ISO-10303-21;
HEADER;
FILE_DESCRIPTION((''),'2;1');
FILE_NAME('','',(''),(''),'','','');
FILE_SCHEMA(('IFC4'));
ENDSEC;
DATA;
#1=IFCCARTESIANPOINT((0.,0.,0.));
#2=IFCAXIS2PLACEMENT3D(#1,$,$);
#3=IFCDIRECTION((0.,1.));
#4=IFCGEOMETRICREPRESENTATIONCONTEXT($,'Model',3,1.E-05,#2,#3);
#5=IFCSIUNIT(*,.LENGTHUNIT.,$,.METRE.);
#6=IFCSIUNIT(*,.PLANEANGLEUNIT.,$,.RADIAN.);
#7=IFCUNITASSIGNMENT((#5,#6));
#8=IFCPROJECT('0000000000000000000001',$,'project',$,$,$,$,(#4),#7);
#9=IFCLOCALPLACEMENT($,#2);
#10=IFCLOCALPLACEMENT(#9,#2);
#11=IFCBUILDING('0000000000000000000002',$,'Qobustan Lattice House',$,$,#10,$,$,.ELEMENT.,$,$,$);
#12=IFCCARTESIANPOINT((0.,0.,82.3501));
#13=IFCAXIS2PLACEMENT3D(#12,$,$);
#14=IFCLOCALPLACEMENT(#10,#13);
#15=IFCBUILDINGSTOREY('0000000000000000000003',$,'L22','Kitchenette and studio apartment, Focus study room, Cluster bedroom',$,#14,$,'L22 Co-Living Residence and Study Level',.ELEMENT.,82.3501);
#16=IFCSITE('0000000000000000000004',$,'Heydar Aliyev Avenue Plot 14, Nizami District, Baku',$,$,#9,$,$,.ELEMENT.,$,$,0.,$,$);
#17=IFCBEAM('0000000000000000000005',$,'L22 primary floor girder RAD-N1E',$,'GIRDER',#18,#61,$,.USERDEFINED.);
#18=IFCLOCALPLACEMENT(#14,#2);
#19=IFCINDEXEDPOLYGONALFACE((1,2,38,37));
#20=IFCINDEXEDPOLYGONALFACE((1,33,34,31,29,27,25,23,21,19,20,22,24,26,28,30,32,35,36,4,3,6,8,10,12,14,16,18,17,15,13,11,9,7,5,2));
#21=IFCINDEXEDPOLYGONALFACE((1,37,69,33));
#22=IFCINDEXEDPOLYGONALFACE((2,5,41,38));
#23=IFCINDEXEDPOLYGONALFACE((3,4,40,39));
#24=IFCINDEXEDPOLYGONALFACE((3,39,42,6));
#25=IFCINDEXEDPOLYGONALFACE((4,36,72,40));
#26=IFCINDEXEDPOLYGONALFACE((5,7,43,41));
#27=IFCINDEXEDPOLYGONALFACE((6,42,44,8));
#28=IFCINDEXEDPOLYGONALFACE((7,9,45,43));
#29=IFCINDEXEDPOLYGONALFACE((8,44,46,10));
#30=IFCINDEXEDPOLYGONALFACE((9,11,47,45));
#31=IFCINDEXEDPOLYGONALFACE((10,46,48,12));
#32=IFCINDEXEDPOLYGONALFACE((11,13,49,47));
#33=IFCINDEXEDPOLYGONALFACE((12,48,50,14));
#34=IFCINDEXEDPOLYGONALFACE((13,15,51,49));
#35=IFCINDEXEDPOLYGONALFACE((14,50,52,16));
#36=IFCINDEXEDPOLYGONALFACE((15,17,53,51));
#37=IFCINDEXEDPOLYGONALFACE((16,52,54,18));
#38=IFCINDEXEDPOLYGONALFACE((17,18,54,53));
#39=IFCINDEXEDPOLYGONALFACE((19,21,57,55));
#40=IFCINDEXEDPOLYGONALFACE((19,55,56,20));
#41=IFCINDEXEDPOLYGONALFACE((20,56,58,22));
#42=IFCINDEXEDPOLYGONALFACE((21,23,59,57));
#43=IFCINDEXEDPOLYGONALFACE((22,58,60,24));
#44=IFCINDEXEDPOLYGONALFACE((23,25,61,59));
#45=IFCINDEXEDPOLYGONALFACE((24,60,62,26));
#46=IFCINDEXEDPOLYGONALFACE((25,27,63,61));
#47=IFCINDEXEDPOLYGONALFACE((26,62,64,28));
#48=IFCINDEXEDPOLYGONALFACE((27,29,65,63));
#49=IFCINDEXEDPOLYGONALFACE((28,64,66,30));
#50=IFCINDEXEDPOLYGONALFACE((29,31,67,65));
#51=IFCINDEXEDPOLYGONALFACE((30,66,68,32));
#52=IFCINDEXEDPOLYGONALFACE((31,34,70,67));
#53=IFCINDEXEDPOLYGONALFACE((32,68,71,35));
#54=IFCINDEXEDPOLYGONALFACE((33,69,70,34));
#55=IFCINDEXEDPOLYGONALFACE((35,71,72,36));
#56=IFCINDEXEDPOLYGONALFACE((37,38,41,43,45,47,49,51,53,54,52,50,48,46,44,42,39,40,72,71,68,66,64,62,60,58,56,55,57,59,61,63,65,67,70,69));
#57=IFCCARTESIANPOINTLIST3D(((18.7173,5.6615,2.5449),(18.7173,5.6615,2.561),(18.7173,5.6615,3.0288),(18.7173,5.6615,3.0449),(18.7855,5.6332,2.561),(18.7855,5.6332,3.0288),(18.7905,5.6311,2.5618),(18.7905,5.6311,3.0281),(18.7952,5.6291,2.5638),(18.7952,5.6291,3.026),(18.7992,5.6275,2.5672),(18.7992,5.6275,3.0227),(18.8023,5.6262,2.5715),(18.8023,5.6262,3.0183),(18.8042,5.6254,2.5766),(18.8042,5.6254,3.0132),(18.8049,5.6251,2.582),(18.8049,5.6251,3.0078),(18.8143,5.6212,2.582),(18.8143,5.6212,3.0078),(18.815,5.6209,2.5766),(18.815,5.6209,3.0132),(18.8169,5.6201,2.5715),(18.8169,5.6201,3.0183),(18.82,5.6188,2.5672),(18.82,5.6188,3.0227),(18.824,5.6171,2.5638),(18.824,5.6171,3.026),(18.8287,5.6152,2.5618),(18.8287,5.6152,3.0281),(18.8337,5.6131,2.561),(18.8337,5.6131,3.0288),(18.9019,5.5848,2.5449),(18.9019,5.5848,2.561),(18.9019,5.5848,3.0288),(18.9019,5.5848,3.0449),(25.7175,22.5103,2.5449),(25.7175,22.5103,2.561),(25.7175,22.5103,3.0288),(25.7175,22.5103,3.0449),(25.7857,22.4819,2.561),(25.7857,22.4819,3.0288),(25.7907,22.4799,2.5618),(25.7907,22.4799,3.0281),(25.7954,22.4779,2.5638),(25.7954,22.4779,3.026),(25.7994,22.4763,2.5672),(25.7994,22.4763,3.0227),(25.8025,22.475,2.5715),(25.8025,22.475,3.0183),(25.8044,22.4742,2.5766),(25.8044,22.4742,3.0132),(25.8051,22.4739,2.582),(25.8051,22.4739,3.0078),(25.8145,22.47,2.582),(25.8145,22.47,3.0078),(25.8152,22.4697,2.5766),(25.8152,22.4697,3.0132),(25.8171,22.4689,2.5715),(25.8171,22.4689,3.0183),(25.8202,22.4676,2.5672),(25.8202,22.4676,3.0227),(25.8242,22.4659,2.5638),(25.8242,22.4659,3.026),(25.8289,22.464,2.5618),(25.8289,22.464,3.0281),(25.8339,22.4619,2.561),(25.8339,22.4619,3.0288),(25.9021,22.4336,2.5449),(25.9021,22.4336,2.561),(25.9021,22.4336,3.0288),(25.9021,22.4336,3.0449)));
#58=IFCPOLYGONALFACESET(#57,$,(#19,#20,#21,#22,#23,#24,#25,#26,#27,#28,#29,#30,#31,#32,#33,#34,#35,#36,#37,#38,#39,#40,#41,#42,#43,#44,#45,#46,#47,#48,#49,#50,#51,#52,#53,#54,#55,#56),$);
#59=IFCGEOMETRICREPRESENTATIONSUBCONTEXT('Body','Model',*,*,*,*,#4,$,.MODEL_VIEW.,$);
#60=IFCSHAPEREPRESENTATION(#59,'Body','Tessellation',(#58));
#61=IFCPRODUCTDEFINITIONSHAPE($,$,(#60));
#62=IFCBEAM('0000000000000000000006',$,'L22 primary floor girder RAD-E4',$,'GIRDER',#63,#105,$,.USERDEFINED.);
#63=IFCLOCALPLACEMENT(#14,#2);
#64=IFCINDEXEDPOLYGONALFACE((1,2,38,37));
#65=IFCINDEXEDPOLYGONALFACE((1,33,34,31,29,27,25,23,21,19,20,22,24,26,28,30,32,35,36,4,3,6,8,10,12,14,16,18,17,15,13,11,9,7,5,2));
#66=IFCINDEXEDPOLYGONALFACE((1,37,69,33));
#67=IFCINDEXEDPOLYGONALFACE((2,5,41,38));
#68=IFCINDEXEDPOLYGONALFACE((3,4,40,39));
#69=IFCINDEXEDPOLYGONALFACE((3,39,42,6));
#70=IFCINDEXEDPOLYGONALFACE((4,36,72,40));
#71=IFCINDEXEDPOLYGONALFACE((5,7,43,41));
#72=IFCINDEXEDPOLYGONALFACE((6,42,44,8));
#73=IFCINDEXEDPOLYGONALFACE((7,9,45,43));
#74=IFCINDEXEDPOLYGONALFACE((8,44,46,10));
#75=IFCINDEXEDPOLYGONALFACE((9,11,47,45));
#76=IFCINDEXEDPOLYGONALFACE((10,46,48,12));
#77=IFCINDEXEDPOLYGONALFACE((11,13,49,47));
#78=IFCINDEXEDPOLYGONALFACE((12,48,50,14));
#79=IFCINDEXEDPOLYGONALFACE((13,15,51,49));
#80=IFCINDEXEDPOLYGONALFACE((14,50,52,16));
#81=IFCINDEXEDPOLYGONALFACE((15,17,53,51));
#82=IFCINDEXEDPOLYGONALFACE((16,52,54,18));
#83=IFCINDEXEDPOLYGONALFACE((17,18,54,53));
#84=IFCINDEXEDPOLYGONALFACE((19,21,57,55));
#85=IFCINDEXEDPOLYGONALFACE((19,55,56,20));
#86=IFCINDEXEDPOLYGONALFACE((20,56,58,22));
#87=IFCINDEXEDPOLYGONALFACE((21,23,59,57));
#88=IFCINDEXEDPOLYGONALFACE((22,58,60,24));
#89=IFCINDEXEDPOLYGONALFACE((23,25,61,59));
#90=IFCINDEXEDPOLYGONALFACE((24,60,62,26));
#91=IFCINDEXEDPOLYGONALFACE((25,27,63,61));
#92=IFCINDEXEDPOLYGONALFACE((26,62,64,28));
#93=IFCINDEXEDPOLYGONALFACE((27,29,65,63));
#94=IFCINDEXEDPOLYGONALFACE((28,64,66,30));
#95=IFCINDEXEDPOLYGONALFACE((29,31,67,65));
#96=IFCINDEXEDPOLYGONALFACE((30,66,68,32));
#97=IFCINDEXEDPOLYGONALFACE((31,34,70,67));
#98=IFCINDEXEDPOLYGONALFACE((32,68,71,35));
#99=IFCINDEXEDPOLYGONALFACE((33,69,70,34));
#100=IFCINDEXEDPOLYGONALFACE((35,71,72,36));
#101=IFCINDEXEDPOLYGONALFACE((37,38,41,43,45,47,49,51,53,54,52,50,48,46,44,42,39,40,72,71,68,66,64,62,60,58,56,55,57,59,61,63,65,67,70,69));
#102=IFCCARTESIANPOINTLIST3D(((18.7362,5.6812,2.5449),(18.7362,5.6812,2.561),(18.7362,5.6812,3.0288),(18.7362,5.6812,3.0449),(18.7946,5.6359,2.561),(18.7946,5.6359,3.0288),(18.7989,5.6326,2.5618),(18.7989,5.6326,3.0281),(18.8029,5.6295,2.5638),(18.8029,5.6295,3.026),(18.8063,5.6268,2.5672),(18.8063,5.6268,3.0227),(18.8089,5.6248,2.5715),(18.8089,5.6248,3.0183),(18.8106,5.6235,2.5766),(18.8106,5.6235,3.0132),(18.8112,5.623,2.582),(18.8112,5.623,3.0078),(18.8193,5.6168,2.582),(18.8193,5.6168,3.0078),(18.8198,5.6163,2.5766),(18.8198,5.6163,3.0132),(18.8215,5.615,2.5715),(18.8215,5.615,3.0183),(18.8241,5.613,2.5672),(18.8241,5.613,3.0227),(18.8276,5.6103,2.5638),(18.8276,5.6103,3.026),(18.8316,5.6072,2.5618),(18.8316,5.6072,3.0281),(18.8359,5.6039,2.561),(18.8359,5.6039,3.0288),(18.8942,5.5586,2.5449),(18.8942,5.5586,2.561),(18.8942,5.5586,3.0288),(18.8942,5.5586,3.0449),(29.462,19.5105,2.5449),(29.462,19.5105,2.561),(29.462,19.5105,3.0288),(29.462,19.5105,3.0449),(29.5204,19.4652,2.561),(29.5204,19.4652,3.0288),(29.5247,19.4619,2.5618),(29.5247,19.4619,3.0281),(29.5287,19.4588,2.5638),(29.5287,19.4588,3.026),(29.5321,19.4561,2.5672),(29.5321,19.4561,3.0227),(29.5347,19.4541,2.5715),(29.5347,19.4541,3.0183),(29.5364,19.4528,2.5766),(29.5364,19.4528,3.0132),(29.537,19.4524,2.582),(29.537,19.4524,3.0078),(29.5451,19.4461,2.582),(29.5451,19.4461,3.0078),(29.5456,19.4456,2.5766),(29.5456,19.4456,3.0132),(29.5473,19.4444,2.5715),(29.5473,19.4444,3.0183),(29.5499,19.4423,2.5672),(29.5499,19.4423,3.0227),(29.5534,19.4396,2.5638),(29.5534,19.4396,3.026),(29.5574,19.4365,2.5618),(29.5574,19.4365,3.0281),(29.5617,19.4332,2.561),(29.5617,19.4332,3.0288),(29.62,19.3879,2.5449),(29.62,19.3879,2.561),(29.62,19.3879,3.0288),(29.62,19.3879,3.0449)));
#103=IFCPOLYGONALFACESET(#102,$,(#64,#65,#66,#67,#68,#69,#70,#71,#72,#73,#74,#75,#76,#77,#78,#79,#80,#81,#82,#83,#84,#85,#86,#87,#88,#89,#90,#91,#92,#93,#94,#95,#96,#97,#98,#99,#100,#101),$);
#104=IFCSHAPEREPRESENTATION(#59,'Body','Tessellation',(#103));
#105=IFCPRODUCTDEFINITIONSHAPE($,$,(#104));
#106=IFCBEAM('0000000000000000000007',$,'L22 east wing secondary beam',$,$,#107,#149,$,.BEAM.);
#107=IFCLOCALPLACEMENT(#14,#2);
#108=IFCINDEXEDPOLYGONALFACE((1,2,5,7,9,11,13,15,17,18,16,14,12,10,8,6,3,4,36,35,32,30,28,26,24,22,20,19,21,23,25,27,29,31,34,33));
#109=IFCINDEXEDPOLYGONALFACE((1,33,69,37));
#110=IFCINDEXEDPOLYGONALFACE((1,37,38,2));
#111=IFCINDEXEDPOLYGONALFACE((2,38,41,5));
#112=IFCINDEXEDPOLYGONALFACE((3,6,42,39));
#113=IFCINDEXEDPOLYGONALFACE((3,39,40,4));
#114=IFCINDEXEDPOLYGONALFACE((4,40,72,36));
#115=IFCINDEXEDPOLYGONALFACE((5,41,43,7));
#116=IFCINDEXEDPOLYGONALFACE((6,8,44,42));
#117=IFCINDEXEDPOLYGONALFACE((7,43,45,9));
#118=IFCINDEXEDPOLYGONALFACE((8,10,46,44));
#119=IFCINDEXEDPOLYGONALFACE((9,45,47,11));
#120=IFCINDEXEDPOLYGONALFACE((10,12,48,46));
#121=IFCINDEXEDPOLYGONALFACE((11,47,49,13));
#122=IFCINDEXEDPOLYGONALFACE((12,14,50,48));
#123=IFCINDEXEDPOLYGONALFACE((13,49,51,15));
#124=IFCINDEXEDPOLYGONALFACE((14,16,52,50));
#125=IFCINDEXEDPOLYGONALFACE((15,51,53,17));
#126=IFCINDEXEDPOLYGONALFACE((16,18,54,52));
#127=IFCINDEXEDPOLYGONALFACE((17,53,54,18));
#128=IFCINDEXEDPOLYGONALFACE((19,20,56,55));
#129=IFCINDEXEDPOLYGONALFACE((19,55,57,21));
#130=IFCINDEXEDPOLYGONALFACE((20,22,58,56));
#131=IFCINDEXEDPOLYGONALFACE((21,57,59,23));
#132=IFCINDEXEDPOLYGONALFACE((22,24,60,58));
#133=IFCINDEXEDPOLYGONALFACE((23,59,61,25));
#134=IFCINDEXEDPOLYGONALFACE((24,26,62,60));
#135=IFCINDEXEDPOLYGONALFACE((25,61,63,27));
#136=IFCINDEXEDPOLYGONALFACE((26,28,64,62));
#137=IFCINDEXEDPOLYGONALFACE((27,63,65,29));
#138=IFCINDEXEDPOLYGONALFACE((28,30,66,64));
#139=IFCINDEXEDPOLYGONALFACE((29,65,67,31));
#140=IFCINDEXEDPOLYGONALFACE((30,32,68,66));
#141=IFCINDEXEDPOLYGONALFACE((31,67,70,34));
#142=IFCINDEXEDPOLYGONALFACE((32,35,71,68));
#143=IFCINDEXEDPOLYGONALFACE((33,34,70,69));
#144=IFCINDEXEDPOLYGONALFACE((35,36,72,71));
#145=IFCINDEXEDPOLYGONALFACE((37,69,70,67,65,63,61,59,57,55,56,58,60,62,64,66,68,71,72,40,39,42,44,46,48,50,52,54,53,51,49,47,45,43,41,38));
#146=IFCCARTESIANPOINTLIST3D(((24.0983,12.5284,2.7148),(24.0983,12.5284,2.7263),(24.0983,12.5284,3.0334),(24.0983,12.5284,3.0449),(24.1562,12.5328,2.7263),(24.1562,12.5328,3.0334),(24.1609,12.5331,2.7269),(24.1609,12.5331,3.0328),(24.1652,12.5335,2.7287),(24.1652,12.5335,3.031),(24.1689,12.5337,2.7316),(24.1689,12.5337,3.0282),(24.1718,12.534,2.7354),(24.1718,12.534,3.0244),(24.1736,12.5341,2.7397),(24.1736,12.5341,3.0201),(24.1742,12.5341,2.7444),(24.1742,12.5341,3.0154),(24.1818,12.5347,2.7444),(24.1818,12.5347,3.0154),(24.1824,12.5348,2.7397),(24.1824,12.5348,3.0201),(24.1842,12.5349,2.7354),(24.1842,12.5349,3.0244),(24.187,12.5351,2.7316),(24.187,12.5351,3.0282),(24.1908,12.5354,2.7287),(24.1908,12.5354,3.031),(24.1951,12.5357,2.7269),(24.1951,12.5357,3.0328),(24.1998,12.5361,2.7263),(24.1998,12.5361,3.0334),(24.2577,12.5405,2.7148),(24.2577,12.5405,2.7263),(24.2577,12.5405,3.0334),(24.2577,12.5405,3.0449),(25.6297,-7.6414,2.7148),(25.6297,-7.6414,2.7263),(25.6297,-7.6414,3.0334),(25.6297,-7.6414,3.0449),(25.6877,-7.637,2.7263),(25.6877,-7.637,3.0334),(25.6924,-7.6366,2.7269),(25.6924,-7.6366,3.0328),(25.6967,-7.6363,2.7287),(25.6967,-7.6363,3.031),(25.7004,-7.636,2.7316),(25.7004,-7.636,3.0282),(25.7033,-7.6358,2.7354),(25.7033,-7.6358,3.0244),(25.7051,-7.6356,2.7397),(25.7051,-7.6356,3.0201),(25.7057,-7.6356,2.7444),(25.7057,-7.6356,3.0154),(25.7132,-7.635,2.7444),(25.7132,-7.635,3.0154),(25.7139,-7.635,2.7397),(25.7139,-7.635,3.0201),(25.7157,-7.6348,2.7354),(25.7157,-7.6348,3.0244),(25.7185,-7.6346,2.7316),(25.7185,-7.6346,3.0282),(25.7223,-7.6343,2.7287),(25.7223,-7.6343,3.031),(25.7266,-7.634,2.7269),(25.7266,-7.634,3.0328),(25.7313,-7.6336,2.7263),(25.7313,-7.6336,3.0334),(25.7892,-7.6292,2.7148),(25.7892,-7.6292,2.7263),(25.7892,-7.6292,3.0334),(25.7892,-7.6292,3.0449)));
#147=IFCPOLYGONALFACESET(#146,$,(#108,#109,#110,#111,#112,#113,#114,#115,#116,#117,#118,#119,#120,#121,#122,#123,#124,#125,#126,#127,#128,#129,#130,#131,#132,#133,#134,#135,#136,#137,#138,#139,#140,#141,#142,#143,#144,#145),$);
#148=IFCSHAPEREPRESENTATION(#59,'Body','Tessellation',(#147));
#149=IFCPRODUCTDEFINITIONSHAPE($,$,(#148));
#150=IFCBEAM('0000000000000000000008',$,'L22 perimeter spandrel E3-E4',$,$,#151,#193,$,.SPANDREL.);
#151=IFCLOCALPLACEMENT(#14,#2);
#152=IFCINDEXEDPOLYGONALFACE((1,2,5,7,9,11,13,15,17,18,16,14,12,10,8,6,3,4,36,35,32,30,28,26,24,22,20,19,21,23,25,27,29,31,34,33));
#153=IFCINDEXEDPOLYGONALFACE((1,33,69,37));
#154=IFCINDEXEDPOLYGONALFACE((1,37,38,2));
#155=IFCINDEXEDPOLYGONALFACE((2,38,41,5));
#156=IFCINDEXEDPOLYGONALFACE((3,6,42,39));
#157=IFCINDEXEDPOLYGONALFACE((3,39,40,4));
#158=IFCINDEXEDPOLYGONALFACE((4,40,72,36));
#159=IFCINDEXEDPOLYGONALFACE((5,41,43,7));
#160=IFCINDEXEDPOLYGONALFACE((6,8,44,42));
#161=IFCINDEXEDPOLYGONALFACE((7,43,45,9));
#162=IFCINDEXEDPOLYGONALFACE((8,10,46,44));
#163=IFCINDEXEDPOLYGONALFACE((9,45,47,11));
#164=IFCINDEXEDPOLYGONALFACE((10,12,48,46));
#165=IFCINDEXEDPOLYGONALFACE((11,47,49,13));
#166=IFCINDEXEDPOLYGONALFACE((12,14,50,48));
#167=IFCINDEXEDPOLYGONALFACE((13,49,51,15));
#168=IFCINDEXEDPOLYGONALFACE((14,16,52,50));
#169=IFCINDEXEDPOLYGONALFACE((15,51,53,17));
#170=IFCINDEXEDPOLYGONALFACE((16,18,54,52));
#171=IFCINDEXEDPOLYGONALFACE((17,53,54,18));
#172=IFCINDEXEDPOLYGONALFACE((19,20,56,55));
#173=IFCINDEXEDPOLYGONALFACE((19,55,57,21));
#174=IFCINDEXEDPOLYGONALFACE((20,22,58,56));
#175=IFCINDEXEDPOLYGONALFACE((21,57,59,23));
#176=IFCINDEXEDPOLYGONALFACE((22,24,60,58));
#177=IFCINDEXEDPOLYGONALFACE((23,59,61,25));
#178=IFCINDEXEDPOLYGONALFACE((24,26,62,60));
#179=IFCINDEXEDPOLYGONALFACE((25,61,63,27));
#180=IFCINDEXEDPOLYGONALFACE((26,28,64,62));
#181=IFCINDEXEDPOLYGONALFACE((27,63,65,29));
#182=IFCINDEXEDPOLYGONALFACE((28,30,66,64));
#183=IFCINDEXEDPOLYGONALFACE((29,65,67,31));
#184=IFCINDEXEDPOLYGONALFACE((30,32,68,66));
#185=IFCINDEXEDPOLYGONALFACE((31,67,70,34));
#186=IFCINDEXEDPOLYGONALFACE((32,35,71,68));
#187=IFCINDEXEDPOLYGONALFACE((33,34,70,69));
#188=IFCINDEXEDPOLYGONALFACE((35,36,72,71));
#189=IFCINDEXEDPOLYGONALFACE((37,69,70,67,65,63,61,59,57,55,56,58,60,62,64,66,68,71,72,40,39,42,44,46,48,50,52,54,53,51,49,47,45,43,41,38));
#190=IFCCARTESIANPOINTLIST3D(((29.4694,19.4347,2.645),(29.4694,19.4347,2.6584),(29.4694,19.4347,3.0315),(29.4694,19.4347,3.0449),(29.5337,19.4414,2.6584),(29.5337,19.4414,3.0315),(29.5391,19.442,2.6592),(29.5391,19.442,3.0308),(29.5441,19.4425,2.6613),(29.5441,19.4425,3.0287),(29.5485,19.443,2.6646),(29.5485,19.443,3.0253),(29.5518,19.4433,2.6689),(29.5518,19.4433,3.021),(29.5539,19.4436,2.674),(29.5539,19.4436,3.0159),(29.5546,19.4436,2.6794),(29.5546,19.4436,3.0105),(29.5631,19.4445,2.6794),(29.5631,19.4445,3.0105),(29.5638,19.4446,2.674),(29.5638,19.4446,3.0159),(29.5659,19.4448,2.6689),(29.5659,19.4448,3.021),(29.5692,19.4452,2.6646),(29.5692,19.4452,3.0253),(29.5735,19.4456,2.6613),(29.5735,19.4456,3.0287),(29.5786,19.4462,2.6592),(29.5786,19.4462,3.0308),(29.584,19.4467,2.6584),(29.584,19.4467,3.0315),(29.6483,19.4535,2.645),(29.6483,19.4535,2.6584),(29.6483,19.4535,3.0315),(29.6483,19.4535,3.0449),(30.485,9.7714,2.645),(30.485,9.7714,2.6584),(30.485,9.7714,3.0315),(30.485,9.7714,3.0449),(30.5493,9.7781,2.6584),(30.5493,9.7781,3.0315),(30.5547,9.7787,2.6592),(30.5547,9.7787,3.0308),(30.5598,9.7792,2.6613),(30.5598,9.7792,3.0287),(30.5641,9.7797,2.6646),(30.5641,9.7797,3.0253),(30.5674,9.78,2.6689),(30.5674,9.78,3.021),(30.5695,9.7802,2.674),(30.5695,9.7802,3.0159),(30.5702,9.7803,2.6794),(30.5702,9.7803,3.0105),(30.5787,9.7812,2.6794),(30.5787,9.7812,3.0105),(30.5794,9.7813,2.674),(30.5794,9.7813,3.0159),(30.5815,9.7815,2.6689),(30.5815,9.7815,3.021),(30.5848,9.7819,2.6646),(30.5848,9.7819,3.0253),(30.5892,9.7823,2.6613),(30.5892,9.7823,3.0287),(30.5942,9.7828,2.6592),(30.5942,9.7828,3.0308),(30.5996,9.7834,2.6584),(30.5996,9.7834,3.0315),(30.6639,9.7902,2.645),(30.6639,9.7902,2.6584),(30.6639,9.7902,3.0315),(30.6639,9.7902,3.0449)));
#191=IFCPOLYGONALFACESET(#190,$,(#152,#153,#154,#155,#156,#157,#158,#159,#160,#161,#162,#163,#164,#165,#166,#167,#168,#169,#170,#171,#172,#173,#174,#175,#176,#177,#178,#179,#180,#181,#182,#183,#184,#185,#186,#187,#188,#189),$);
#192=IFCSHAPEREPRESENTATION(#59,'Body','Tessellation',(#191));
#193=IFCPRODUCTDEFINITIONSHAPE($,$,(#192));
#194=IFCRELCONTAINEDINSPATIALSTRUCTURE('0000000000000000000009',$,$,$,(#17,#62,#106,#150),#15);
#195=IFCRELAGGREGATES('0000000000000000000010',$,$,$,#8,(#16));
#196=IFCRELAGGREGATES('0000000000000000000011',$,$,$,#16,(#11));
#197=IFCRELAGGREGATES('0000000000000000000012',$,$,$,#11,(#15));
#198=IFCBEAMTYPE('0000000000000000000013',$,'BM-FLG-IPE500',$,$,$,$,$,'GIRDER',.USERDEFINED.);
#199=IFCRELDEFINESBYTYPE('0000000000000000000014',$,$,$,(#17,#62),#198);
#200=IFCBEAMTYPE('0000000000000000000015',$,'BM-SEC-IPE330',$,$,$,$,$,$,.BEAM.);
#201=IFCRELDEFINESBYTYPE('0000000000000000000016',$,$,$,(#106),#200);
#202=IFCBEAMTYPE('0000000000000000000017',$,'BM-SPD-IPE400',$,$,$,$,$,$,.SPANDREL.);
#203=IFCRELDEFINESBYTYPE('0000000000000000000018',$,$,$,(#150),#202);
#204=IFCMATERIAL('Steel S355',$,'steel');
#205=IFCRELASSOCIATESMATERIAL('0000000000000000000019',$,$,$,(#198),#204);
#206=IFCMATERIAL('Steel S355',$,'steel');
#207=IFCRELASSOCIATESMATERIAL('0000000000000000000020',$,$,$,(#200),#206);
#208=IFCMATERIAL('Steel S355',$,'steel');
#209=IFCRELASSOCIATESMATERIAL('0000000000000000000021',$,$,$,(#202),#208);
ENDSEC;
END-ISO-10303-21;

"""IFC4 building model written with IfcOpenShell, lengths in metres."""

from ifc_helpers import new_model, si_unit, direction, frame, origin, origin_2d, place, context, subcontext, project, spatial, i_section, extrude, material, material_profile, profile_set, type_object, element, save


model = new_model("IFC4")

# Units and contexts
model_context = context("Model", 3, precision=1e-05, world=origin(), true_north=direction((0.0, 1.0)))
body_context = subcontext(model_context, "Body", "Model", "MODEL_VIEW")
ifc_project = project(units=[si_unit("LENGTHUNIT", "METRE"), si_unit("PLANEANGLEUNIT", "RADIAN")], contexts=[model_context])

# Site, building, storey
site_placement = place(None, origin())
site = spatial("IfcSite", under=ifc_project, at=site_placement, Name="Heydar Aliyev Avenue Plot 14, Nizami District, Baku", CompositionType="ELEMENT", RefElevation=0.0)
building_placement = place(site_placement, origin())
building = spatial("IfcBuilding", under=site, at=building_placement, Name="Qobustan Lattice House", CompositionType="ELEMENT")
storey_placement = place(building_placement, frame((0.0, 0.0, 82.3501)))
storey = spatial("IfcBuildingStorey", under=building, at=storey_placement, Name="L22", Description="Kitchenette and studio apartment, Focus study room, Cluster bedroom", LongName="L22 Co-Living Residence and Study Level", CompositionType="ELEMENT", Elevation=82.3501)

# Beams
ifc_material_1 = material(Name="Steel S355", Category="steel")
ifc_material_profile_1 = material_profile(ifc_material_1, i_section(OverallWidth=0.2, OverallDepth=0.5, WebThickness=0.0103, FlangeThickness=0.0161, FilletRadius=0.021, at=origin_2d()), Name="IPE500")
ifc_profile_set_1 = profile_set([ifc_material_profile_1], Name="Steel S355")
beam_type_1 = type_object("IfcBeamType", Name="BM-FLG-IPE500", ElementType="GIRDER", PredefinedType="USERDEFINED", material=ifc_profile_set_1)
beam_1_placement = place(storey_placement, frame((25.8098, 22.4719, 2.7949), z_axis=(-0.383676, -0.923468, 0.0), x_axis=(0.923468, -0.383676, 0.0)))
element("IfcBeam", 1, at=beam_1_placement, inside=storey, type_object=beam_type_1, Name="L22 primary floor girder RAD-N1E", ObjectType="GIRDER", PredefinedType="USERDEFINED", context=body_context, shape_type="SweptSolid", body=[
    extrude(i_section(OverallWidth=0.2, OverallDepth=0.5, WebThickness=0.0103, FlangeThickness=0.0161, FilletRadius=0.021, at=origin_2d()), origin(), (0.0, 0.0, 1.0), 18.2451),
])
beam_2_placement = place(storey_placement, frame((29.541, 19.4492, 2.7949), z_axis=(-0.61286, -0.790191, 0.0), x_axis=(0.790191, -0.61286, 0.0)))
element("IfcBeam", 2, at=beam_2_placement, inside=storey, type_object=beam_type_1, Name="L22 primary floor girder RAD-E4", ObjectType="GIRDER", PredefinedType="USERDEFINED", context=body_context, shape_type="SweptSolid", body=[
    extrude(i_section(OverallWidth=0.2, OverallDepth=0.5, WebThickness=0.0103, FlangeThickness=0.0161, FilletRadius=0.021, at=origin_2d()), origin(), (0.0, 0.0, 1.0), 17.5012),
])
ifc_material_2 = material(Name="Steel S355", Category="steel")
ifc_material_profile_2 = material_profile(ifc_material_2, i_section(OverallWidth=0.1599, OverallDepth=0.3301, WebThickness=0.0076, FlangeThickness=0.0115, FilletRadius=0.0181, at=origin_2d()), Name="IPE330")
ifc_profile_set_2 = profile_set([ifc_material_profile_2], Name="Steel S355")
beam_type_2 = type_object("IfcBeamType", Name="BM-SEC-IPE330", PredefinedType="BEAM", material=ifc_profile_set_2)
beam_3_placement = place(storey_placement, frame((24.178, 12.5344, 2.8799), z_axis=(0.075713, -0.99713, 0.0), x_axis=(0.99713, 0.075713, 0.0)))
element("IfcBeam", 3, at=beam_3_placement, inside=storey, type_object=beam_type_2, Name="L22 east wing secondary beam", PredefinedType="BEAM", context=body_context, shape_type="SweptSolid", body=[
    extrude(i_section(OverallWidth=0.1599, OverallDepth=0.3301, WebThickness=0.0076, FlangeThickness=0.0115, FilletRadius=0.0181, at=origin_2d()), origin(), (0.0, 0.0, 1.0), 20.2278),
])
ifc_material_3 = material(Name="Steel S355", Category="steel")
ifc_material_profile_3 = material_profile(ifc_material_3, i_section(OverallWidth=0.1799, OverallDepth=0.3999, WebThickness=0.0085, FlangeThickness=0.0134, FilletRadius=0.021, at=origin_2d()), Name="IPE400")
ifc_profile_set_3 = profile_set([ifc_material_profile_3], Name="Steel S355")
beam_type_3 = type_object("IfcBeamType", Name="BM-SPD-IPE400", PredefinedType="SPANDREL", material=ifc_profile_set_3)
beam_4_placement = place(storey_placement, frame((30.5745, 9.7808, 2.845), z_axis=(-0.104525, 0.994522, 0.0), x_axis=(-0.994522, -0.104525, 0.0)))
element("IfcBeam", 4, at=beam_4_placement, inside=storey, type_object=beam_type_3, Name="L22 perimeter spandrel E3-E4", PredefinedType="SPANDREL", context=body_context, shape_type="SweptSolid", body=[
    extrude(i_section(OverallWidth=0.1799, OverallDepth=0.3999, WebThickness=0.0085, FlangeThickness=0.0134, FilletRadius=0.021, at=origin_2d()), origin(), (0.0, 0.0, 1.0), 9.7166),
])

save(model, "model.ifc")
